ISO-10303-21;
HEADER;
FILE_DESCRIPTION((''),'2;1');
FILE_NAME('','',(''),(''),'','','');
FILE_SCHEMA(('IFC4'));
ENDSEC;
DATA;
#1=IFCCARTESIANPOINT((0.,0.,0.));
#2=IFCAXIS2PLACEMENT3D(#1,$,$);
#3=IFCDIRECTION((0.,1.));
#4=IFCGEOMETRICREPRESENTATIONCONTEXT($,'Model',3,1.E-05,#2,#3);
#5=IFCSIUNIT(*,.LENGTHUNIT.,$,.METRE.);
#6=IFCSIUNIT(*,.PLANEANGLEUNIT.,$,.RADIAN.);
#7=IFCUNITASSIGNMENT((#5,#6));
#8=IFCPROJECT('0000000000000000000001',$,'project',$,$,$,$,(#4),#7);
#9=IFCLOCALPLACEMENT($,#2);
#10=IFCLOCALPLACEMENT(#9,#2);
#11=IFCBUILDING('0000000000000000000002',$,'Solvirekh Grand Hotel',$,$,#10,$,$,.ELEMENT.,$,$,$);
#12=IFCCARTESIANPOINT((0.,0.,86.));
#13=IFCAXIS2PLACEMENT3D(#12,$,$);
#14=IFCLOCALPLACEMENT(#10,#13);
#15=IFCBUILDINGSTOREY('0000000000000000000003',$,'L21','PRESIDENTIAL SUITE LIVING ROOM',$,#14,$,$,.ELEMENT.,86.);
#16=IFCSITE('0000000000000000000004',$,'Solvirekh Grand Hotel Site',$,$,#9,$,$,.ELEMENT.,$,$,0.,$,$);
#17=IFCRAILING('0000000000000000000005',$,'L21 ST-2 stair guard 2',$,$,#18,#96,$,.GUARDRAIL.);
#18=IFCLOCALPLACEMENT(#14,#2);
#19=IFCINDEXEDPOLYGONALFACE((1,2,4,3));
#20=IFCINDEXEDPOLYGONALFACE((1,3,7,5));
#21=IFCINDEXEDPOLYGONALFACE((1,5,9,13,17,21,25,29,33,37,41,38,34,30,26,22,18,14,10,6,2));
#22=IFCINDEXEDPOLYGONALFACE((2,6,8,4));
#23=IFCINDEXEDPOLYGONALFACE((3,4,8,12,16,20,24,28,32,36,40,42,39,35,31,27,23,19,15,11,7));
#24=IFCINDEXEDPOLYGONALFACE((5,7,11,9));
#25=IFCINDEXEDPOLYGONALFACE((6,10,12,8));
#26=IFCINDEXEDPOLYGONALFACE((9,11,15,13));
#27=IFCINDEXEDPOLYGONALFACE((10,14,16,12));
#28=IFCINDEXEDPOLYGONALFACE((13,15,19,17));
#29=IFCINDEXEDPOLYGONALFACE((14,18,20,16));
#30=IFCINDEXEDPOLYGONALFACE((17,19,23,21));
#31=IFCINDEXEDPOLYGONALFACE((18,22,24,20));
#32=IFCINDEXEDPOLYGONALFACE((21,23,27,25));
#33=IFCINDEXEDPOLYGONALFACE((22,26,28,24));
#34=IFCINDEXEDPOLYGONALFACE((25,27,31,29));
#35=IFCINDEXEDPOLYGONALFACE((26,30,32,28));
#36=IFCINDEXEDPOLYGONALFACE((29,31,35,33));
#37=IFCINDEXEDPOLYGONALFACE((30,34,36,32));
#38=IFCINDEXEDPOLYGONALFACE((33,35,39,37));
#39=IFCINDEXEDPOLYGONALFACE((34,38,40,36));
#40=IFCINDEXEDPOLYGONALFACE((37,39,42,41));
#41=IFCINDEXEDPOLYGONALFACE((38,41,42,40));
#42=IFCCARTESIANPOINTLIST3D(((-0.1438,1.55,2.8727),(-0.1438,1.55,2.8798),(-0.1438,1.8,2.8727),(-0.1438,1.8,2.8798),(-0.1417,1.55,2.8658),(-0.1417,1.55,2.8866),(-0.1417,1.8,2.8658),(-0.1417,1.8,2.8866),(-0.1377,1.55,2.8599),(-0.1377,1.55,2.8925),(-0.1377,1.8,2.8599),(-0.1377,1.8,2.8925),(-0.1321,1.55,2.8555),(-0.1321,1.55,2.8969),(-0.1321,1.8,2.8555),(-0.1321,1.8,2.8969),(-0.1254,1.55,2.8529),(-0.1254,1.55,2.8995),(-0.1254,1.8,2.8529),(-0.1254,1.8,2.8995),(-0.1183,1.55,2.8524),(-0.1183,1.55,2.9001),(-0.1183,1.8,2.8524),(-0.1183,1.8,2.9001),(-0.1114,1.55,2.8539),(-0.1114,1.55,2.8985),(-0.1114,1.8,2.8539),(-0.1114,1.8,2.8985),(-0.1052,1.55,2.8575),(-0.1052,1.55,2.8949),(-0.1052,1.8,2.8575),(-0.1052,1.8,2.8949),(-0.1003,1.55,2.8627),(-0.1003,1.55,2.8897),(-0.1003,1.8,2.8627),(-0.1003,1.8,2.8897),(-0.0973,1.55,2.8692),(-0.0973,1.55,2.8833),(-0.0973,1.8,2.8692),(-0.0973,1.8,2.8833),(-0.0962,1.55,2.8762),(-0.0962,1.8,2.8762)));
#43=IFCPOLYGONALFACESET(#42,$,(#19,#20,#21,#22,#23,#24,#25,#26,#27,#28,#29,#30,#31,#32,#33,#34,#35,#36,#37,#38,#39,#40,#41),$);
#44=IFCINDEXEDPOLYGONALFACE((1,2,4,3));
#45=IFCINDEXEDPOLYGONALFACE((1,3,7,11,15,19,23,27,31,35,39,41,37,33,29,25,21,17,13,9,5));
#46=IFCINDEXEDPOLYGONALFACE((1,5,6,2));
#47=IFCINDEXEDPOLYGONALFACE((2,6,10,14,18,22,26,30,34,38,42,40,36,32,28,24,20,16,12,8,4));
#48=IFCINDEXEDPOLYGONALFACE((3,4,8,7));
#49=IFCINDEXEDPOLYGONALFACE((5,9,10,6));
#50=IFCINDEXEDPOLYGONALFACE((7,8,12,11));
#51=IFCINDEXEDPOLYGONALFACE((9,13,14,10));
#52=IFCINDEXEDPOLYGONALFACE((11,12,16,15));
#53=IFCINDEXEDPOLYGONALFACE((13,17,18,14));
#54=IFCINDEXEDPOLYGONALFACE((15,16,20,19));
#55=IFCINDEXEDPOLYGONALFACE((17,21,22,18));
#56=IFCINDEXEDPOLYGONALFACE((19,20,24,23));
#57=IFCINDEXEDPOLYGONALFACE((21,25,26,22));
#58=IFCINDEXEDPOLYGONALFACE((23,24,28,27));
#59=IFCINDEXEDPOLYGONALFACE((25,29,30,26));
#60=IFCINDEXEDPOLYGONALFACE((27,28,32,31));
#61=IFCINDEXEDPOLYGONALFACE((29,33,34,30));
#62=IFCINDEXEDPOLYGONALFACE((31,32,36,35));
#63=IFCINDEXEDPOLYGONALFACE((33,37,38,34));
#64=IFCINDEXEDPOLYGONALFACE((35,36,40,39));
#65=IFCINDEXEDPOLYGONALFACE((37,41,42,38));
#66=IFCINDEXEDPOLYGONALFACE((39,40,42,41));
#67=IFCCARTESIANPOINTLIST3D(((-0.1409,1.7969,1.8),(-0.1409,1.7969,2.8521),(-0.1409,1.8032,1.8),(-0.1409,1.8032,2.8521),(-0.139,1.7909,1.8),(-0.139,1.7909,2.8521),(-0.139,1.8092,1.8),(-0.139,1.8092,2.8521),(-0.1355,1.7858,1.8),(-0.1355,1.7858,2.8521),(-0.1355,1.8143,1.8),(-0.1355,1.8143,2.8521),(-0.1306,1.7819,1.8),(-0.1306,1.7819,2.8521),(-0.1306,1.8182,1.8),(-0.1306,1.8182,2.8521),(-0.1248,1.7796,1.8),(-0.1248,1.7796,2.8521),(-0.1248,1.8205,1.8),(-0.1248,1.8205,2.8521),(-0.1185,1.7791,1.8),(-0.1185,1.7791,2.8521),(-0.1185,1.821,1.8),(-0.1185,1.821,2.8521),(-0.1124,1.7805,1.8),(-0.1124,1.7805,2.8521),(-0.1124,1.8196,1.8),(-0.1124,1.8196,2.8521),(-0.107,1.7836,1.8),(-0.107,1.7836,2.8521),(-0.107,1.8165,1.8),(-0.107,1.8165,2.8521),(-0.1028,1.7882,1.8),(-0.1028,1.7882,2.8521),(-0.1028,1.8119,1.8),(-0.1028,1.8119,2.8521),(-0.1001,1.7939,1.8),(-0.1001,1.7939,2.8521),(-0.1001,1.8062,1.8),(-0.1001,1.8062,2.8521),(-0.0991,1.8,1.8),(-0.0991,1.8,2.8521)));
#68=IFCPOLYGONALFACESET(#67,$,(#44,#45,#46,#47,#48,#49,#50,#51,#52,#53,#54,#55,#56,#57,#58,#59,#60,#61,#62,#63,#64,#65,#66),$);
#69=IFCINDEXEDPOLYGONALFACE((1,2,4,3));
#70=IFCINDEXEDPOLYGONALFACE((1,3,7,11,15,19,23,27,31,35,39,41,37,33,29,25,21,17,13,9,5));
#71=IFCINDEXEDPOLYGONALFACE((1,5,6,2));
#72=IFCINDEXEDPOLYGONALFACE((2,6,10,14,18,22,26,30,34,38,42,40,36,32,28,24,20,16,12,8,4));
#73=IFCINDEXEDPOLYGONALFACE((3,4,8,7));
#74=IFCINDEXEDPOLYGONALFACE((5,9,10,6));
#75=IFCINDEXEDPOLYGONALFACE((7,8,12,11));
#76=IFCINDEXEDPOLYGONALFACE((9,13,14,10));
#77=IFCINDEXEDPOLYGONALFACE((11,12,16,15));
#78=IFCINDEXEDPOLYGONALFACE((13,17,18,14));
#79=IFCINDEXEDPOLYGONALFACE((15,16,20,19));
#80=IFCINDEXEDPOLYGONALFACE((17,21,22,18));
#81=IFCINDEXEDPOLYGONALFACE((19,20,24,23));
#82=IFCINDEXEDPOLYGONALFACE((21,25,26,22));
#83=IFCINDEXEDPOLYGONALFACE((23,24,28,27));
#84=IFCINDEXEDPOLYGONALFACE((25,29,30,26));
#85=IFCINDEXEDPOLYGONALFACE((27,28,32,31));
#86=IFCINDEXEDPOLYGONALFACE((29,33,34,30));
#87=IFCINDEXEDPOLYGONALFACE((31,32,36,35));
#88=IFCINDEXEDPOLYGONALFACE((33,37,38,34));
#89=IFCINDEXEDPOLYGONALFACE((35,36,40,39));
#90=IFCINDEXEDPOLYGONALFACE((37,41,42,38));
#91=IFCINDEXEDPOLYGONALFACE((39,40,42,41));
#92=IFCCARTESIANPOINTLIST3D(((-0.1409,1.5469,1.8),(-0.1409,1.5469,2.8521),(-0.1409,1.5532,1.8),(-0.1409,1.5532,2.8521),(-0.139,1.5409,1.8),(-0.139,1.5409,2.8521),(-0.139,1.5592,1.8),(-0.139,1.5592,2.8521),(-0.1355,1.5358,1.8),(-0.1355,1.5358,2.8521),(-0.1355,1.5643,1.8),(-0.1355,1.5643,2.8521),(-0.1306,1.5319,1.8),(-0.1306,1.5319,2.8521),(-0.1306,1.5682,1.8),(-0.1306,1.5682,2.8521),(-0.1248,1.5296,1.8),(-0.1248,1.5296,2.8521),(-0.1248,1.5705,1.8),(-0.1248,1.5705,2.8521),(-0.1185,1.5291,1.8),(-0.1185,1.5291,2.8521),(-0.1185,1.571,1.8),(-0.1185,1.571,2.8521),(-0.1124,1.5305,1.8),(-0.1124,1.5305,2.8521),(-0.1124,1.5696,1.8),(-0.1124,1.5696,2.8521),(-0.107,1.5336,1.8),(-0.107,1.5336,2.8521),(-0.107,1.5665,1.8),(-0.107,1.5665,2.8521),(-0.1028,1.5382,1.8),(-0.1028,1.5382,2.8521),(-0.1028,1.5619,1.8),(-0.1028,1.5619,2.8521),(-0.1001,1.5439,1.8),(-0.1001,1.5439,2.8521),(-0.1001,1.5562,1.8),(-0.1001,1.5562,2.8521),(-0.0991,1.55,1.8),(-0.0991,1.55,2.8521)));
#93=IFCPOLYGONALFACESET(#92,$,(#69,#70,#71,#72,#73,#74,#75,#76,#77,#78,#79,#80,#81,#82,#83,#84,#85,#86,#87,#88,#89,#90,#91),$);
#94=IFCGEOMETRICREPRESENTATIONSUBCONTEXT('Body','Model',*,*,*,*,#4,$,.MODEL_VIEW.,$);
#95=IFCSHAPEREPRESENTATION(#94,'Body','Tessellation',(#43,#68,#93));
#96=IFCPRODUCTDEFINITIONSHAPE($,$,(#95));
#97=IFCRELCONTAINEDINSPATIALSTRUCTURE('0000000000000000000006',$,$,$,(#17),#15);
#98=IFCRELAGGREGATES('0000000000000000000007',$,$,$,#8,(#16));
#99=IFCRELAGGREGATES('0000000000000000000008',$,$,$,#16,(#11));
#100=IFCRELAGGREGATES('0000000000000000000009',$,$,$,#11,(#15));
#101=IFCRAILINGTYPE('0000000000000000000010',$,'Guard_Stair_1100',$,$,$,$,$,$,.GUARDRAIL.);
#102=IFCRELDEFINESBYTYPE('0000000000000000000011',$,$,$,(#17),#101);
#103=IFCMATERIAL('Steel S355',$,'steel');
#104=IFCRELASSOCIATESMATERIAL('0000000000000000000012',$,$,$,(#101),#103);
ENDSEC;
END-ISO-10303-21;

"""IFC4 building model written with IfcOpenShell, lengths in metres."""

from ifc_helpers import new_model, si_unit, direction, frame, origin, origin_2d, place, context, subcontext, project, spatial, circle, extrude, material, type_object, element, save


model = new_model("IFC4")

# Units and contexts
model_context = context("Model", 3, precision=1e-05, world=origin(), true_north=direction((0.0, 1.0)))
body_context = subcontext(model_context, "Body", "Model", "MODEL_VIEW")
ifc_project = project(units=[si_unit("LENGTHUNIT", "METRE"), si_unit("PLANEANGLEUNIT", "RADIAN")], contexts=[model_context])

# Site, building, storey
site_placement = place(None, origin())
site = spatial("IfcSite", under=ifc_project, at=site_placement, Name="Solvirekh Grand Hotel Site", CompositionType="ELEMENT", RefElevation=0.0)
building_placement = place(site_placement, origin())
building = spatial("IfcBuilding", under=site, at=building_placement, Name="Solvirekh Grand Hotel", CompositionType="ELEMENT")
storey_placement = place(building_placement, frame((0.0, 0.0, 86.0)))
storey = spatial("IfcBuildingStorey", under=building, at=storey_placement, Name="L21", Description="PRESIDENTIAL SUITE LIVING ROOM", CompositionType="ELEMENT", Elevation=86.0)

# Shared definitions
ifc_material_1 = material(Name="Steel S355", Category="steel")

# Railing
railing_type_1 = type_object("IfcRailingType", Name="Guard_Stair_1100", PredefinedType="GUARDRAIL", material=ifc_material_1)
railing_1_placement = place(storey_placement, frame((-0.1201, 1.8, 1.8)))
element("IfcRailing", 1, at=railing_1_placement, inside=storey, type_object=railing_type_1, Name="L21 ST-2 stair guard 2", PredefinedType="GUARDRAIL", context=body_context, shape_type="SweptSolid", body=[
    extrude(circle(Radius=0.0239, at=origin_2d()), frame((0.0, 0.0, 1.0762), z_axis=(0.0, -1.0, 0.0), x_axis=(1.0, 0.0, 0.0)), (0.0, 0.0, 1.0), 0.25),
    extrude(circle(Radius=0.021, at=origin_2d()), origin(), (0.0, 0.0, 1.0), 1.052),
    extrude(circle(Radius=0.021, at=origin_2d()), frame((0.0, -0.25, 0.0)), (0.0, 0.0, 1.0), 1.052),
])

save(model, "model.ifc")
